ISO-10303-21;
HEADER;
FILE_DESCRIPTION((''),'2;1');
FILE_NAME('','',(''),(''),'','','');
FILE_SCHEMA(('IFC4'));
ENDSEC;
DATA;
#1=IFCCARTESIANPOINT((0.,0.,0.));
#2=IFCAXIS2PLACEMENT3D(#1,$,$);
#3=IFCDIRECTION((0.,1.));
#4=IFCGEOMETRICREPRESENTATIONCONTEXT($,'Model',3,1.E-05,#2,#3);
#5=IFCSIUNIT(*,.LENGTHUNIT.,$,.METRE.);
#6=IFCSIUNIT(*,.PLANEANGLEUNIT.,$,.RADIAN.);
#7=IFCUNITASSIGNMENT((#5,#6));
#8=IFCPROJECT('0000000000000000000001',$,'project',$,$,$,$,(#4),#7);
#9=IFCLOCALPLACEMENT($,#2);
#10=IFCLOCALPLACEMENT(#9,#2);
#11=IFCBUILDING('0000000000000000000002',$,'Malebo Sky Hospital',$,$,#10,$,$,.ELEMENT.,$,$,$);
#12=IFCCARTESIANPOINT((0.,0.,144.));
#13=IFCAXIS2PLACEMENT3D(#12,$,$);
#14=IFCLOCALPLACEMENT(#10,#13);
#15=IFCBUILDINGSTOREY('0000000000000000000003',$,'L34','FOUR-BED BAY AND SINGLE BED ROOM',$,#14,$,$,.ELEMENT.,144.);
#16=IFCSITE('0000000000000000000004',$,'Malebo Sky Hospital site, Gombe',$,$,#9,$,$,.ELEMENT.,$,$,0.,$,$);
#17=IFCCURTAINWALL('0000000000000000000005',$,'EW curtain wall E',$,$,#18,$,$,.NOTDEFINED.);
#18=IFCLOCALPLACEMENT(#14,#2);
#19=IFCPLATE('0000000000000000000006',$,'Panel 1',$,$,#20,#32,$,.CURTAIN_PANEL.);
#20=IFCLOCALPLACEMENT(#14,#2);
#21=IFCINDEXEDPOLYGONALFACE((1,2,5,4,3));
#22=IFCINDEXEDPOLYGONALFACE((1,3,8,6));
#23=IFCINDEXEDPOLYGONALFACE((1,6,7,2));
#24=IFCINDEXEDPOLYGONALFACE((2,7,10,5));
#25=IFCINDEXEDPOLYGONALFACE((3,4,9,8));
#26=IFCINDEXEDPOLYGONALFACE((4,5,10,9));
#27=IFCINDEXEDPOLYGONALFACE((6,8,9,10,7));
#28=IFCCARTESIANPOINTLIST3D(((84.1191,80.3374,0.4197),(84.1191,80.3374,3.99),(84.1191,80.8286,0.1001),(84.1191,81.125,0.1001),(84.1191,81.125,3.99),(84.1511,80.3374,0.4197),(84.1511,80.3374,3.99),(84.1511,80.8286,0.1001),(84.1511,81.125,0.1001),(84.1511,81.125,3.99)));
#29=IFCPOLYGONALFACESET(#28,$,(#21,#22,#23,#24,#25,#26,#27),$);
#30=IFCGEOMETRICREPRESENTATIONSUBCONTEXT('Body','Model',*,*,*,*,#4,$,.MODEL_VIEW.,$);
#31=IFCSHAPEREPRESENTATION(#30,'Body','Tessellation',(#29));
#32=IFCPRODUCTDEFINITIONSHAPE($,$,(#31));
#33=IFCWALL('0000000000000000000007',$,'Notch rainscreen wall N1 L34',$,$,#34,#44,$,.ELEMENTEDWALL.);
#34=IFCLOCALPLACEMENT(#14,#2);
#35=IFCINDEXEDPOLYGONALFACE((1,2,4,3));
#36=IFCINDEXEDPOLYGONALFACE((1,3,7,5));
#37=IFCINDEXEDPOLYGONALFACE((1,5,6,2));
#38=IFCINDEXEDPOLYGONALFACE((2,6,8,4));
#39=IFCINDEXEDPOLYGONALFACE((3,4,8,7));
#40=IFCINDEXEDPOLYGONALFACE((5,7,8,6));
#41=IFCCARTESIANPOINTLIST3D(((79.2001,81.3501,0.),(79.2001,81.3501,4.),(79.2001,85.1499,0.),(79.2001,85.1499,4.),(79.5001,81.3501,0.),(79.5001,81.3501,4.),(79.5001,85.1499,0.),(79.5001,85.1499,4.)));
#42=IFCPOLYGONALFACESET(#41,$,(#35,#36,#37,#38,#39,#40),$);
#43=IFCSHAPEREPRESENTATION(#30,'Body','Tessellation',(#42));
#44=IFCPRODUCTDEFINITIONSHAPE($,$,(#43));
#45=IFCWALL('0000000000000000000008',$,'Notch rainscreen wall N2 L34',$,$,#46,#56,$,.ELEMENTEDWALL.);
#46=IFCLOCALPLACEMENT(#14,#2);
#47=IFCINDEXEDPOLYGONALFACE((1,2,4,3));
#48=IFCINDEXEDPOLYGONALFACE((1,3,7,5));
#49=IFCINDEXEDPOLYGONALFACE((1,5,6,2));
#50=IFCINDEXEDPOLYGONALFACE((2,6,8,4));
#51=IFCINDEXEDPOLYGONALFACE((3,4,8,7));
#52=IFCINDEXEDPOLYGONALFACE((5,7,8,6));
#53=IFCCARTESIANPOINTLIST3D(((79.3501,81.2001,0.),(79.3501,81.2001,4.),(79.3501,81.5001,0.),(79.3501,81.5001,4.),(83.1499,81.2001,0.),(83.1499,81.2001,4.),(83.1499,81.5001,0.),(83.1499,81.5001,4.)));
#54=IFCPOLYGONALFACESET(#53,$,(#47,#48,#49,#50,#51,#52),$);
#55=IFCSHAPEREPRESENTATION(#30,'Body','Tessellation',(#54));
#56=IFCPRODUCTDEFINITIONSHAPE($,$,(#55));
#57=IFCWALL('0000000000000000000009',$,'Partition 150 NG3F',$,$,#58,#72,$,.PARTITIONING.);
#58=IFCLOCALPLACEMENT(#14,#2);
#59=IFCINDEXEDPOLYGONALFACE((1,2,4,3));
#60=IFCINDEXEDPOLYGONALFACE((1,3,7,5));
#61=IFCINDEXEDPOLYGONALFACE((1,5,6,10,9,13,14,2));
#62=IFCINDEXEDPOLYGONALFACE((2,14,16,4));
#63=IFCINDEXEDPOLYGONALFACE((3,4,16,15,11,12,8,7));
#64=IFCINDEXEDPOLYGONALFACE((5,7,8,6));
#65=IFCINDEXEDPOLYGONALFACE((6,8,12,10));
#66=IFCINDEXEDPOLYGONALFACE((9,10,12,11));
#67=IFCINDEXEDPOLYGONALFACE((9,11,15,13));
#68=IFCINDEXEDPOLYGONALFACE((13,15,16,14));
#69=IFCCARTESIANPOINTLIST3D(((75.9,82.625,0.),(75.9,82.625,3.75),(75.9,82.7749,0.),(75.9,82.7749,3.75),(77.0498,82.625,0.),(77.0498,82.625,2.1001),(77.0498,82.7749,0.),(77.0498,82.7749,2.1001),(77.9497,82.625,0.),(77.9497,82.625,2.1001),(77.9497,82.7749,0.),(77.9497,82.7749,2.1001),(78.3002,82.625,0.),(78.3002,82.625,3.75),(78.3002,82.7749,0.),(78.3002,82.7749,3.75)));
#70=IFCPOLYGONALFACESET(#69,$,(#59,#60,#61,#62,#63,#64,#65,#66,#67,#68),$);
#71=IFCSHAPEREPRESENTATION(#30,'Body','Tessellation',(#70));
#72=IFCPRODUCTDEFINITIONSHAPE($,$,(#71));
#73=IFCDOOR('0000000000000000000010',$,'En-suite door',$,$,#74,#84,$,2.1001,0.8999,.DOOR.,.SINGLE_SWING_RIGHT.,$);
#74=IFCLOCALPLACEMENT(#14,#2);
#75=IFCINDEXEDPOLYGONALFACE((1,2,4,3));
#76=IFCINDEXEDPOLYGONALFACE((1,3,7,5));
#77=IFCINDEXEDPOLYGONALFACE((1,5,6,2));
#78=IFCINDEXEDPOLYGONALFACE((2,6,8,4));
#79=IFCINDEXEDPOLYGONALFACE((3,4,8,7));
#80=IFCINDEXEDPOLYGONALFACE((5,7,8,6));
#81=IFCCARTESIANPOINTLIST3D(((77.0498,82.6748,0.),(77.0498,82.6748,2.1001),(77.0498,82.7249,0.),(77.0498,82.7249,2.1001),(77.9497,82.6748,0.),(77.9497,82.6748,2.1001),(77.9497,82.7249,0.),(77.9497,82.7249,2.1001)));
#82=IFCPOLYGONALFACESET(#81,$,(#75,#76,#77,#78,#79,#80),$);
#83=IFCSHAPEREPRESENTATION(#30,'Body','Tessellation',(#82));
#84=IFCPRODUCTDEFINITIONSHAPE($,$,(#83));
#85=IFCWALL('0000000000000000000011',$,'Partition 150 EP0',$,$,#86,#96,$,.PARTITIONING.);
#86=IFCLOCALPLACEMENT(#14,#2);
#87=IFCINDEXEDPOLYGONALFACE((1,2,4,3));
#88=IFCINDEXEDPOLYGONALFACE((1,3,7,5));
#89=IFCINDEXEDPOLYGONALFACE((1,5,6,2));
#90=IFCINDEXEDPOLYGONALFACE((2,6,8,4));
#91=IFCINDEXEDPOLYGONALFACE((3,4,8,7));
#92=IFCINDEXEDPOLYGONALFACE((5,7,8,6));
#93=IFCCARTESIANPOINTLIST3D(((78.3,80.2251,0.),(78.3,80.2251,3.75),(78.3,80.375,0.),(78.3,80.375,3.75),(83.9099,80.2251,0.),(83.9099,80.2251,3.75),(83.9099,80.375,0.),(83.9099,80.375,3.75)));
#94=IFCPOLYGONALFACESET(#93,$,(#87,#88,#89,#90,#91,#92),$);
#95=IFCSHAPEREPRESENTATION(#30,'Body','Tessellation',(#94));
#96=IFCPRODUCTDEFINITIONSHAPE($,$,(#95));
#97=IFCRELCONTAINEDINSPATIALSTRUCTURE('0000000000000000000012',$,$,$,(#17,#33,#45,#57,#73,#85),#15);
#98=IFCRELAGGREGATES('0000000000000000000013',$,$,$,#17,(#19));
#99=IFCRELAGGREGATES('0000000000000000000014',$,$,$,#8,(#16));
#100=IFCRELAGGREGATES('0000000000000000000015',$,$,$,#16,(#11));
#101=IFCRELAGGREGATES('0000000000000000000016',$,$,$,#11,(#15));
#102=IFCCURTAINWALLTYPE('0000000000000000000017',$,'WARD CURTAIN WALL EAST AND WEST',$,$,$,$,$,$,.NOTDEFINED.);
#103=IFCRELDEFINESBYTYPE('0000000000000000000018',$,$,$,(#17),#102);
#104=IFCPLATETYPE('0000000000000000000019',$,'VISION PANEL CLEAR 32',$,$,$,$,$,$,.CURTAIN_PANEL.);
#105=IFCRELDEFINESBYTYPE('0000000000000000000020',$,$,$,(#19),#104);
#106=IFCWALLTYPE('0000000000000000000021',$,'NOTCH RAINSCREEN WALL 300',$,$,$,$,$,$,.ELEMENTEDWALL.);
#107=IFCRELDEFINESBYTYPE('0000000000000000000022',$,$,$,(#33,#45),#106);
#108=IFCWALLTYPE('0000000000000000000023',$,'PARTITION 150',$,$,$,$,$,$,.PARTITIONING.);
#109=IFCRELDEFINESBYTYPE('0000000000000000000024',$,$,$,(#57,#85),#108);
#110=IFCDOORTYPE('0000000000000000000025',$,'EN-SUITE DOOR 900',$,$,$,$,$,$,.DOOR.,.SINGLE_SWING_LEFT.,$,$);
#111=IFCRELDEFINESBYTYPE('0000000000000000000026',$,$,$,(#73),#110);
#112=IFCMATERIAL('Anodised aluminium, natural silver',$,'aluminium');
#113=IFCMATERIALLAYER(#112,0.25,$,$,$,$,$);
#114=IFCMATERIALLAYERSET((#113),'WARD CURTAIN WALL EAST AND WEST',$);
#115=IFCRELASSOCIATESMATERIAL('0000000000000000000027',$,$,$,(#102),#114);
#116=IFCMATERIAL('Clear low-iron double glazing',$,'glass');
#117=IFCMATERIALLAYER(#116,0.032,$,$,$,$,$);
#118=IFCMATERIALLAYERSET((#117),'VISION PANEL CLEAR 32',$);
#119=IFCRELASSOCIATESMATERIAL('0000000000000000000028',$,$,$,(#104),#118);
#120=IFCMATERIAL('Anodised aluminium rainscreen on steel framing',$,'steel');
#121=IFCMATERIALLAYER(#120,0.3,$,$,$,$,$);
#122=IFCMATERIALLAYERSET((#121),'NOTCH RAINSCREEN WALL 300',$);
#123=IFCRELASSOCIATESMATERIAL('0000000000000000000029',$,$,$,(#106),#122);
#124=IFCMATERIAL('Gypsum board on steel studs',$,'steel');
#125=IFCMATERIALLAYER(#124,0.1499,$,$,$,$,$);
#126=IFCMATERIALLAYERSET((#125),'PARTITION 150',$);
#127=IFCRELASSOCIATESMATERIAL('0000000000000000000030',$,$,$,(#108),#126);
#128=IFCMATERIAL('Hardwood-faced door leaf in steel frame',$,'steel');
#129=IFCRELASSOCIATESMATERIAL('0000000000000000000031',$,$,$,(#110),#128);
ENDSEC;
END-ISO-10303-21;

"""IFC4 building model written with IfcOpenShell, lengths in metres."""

from ifc_helpers import new_model, si_unit, direction, frame, frame_2d, origin, place, context, subcontext, project, spatial, polyline, rectangle, outline, extrude, material, layer, layer_set, type_object, element, fill, aggregate, save


model = new_model("IFC4")

# Units and contexts
model_context = context("Model", 3, precision=1e-05, world=origin(), true_north=direction((0.0, 1.0)))
body_context = subcontext(model_context, "Body", "Model", "MODEL_VIEW")
ifc_project = project(units=[si_unit("LENGTHUNIT", "METRE"), si_unit("PLANEANGLEUNIT", "RADIAN")], contexts=[model_context])

# Site, building, storey
site_placement = place(None, origin())
site = spatial("IfcSite", under=ifc_project, at=site_placement, Name="Malebo Sky Hospital site, Gombe", CompositionType="ELEMENT", RefElevation=0.0)
building_placement = place(site_placement, origin())
building = spatial("IfcBuilding", under=site, at=building_placement, Name="Malebo Sky Hospital", CompositionType="ELEMENT")
storey_placement = place(building_placement, frame((0.0, 0.0, 144.0)))
storey = spatial("IfcBuildingStorey", under=building, at=storey_placement, Name="L34", Description="FOUR-BED BAY AND SINGLE BED ROOM", CompositionType="ELEMENT", Elevation=144.0)

# Curtain wall
ifc_material_1 = material(Name="Anodised aluminium, natural silver", Category="aluminium")
ifc_layer_1 = layer(ifc_material_1, 0.25)
ifc_layer_set_1 = layer_set([ifc_layer_1], Name="WARD CURTAIN WALL EAST AND WEST")
curtain_wall_type_1 = type_object("IfcCurtainWallType", Name="WARD CURTAIN WALL EAST AND WEST", PredefinedType="NOTDEFINED", material=ifc_layer_set_1)
curtain_wall_1_placement = place(storey_placement, origin())
curtain_wall_1 = element("IfcCurtainWall", 1, at=curtain_wall_1_placement, inside=storey, type_object=curtain_wall_type_1, Name="EW curtain wall E", PredefinedType="NOTDEFINED")

# Plate
ifc_material_2 = material(Name="Clear low-iron double glazing", Category="glass")
ifc_layer_2 = layer(ifc_material_2, 0.032)
ifc_layer_set_2 = layer_set([ifc_layer_2], Name="VISION PANEL CLEAR 32")
plate_type = type_object("IfcPlateType", Name="VISION PANEL CLEAR 32", PredefinedType="CURTAIN_PANEL", material=ifc_layer_set_2)
plate_1_placement = place(storey_placement, frame((84.135, 80.7312, 0.1001), z_axis=(0.0, 0.0, 1.0), x_axis=(0.0, -1.0, 0.0)))
plate_1 = element("IfcPlate", 2, at=plate_1_placement, type_object=plate_type, Name="Panel 1", PredefinedType="CURTAIN_PANEL", context=body_context, shape_type="SweptSolid", body=[
    extrude(outline(polyline([(-0.3938, 0.0), (-0.0974, 0.0), (0.3938, 0.3196), (0.3938, 3.8899), (-0.3938, 3.8899), (-0.3938, 0.0)])), frame((0.0, 0.0161, 0.0), z_axis=(0.0, -1.0, 0.0), x_axis=(1.0, 0.0, 0.0)), (0.0, 0.0, 1.0), 0.032),
])
aggregate(curtain_wall_1, [plate_1])

# Walls
ifc_material_3 = material(Name="Anodised aluminium rainscreen on steel framing", Category="steel")
ifc_layer_3 = layer(ifc_material_3, 0.3)
ifc_layer_set_3 = layer_set([ifc_layer_3], Name="NOTCH RAINSCREEN WALL 300")
wall_type_1 = type_object("IfcWallType", Name="NOTCH RAINSCREEN WALL 300", PredefinedType="ELEMENTEDWALL", material=ifc_layer_set_3)
for number, where, z_axis, x_axis, name in (
    (3, (79.3501, 85.1499, 0.0), (0.0, 0.0, 1.0), (0.0, -1.0, 0.0), "Notch rainscreen wall N1 L34"),
    (4, (79.3501, 81.3501, 0.0), (0.0, 0.0, 1.0), (1.0, 0.0, 0.0), "Notch rainscreen wall N2 L34"),
):
    element("IfcWall", number, at=place(storey_placement, frame(where, z_axis=z_axis, x_axis=x_axis)), inside=storey, type_object=wall_type_1, Name=name, PredefinedType="ELEMENTEDWALL", context=body_context, shape_type="SweptSolid", body=[
        extrude(rectangle(XDim=3.7998, YDim=0.3, at=frame_2d((1.8999, 0.0))), origin(), (0.0, 0.0, 1.0), 4.0),
    ])

# Wall, opening, door
ifc_material_4 = material(Name="Gypsum board on steel studs", Category="steel")
ifc_layer_4 = layer(ifc_material_4, 0.1499)
ifc_layer_set_4 = layer_set([ifc_layer_4], Name="PARTITION 150")
wall_type_2 = type_object("IfcWallType", Name="PARTITION 150", PredefinedType="PARTITIONING", material=ifc_layer_set_4)
wall_1_placement = place(storey_placement, frame((75.8999, 82.7, 0.0), z_axis=(0.0, 0.0, 1.0), x_axis=(1.0, 0.0, 0.0)))
wall_1 = element("IfcWall", 5, at=wall_1_placement, inside=storey, type_object=wall_type_2, Name="Partition 150 NG3F", PredefinedType="PARTITIONING", context=body_context, shape_type="SweptSolid", body=[
    extrude(rectangle(XDim=2.4001, YDim=0.1499, at=frame_2d((1.2002, 0.0))), origin(), (0.0, 0.0, 1.0), 3.75),
])
opening_placement = place(wall_1_placement, frame((1.1499, 0.0, 0.0)))
opening = element("IfcOpeningElement", 6, at=opening_placement, cuts=wall_1, PredefinedType="OPENING", context=body_context, shape_type="SweptSolid", body=[
    extrude(rectangle(XDim=0.8999, YDim=2.1001, at=frame_2d((0.45, 1.05))), frame((0.0, 0.085, 0.0), z_axis=(0.0, -1.0, 0.0), x_axis=(1.0, 0.0, 0.0)), (0.0, 0.0, 1.0), 0.1699),
])
ifc_material_5 = material(Name="Hardwood-faced door leaf in steel frame", Category="steel")
door_type = type_object("IfcDoorType", Name="EN-SUITE DOOR 900", OperationType="SINGLE_SWING_LEFT", PredefinedType="DOOR", material=ifc_material_5)
door_placement = place(opening_placement, origin())
door = element("IfcDoor", 7, at=door_placement, inside=storey, type_object=door_type, Name="En-suite door", OperationType="SINGLE_SWING_RIGHT", OverallHeight=2.1001, OverallWidth=0.8999, PredefinedType="DOOR", context=body_context, shape_type="SweptSolid", body=[
    extrude(rectangle(XDim=0.8999, YDim=2.1001, at=frame_2d((0.45, 1.05))), frame((0.0, 0.0249, 0.0), z_axis=(0.0, -1.0, 0.0), x_axis=(1.0, 0.0, 0.0)), (0.0, 0.0, 1.0), 0.05),
])
fill(opening, door)

# Wall
wall_2_placement = place(storey_placement, frame((78.3, 80.3, 0.0), z_axis=(0.0, 0.0, 1.0), x_axis=(1.0, 0.0, 0.0)))
element("IfcWall", 8, at=wall_2_placement, inside=storey, type_object=wall_type_2, Name="Partition 150 EP0", PredefinedType="PARTITIONING", context=body_context, shape_type="SweptSolid", body=[
    extrude(rectangle(XDim=5.6099, YDim=0.1499, at=frame_2d((2.8049, 0.0))), origin(), (0.0, 0.0, 1.0), 3.75),
])

save(model, "model.ifc")
